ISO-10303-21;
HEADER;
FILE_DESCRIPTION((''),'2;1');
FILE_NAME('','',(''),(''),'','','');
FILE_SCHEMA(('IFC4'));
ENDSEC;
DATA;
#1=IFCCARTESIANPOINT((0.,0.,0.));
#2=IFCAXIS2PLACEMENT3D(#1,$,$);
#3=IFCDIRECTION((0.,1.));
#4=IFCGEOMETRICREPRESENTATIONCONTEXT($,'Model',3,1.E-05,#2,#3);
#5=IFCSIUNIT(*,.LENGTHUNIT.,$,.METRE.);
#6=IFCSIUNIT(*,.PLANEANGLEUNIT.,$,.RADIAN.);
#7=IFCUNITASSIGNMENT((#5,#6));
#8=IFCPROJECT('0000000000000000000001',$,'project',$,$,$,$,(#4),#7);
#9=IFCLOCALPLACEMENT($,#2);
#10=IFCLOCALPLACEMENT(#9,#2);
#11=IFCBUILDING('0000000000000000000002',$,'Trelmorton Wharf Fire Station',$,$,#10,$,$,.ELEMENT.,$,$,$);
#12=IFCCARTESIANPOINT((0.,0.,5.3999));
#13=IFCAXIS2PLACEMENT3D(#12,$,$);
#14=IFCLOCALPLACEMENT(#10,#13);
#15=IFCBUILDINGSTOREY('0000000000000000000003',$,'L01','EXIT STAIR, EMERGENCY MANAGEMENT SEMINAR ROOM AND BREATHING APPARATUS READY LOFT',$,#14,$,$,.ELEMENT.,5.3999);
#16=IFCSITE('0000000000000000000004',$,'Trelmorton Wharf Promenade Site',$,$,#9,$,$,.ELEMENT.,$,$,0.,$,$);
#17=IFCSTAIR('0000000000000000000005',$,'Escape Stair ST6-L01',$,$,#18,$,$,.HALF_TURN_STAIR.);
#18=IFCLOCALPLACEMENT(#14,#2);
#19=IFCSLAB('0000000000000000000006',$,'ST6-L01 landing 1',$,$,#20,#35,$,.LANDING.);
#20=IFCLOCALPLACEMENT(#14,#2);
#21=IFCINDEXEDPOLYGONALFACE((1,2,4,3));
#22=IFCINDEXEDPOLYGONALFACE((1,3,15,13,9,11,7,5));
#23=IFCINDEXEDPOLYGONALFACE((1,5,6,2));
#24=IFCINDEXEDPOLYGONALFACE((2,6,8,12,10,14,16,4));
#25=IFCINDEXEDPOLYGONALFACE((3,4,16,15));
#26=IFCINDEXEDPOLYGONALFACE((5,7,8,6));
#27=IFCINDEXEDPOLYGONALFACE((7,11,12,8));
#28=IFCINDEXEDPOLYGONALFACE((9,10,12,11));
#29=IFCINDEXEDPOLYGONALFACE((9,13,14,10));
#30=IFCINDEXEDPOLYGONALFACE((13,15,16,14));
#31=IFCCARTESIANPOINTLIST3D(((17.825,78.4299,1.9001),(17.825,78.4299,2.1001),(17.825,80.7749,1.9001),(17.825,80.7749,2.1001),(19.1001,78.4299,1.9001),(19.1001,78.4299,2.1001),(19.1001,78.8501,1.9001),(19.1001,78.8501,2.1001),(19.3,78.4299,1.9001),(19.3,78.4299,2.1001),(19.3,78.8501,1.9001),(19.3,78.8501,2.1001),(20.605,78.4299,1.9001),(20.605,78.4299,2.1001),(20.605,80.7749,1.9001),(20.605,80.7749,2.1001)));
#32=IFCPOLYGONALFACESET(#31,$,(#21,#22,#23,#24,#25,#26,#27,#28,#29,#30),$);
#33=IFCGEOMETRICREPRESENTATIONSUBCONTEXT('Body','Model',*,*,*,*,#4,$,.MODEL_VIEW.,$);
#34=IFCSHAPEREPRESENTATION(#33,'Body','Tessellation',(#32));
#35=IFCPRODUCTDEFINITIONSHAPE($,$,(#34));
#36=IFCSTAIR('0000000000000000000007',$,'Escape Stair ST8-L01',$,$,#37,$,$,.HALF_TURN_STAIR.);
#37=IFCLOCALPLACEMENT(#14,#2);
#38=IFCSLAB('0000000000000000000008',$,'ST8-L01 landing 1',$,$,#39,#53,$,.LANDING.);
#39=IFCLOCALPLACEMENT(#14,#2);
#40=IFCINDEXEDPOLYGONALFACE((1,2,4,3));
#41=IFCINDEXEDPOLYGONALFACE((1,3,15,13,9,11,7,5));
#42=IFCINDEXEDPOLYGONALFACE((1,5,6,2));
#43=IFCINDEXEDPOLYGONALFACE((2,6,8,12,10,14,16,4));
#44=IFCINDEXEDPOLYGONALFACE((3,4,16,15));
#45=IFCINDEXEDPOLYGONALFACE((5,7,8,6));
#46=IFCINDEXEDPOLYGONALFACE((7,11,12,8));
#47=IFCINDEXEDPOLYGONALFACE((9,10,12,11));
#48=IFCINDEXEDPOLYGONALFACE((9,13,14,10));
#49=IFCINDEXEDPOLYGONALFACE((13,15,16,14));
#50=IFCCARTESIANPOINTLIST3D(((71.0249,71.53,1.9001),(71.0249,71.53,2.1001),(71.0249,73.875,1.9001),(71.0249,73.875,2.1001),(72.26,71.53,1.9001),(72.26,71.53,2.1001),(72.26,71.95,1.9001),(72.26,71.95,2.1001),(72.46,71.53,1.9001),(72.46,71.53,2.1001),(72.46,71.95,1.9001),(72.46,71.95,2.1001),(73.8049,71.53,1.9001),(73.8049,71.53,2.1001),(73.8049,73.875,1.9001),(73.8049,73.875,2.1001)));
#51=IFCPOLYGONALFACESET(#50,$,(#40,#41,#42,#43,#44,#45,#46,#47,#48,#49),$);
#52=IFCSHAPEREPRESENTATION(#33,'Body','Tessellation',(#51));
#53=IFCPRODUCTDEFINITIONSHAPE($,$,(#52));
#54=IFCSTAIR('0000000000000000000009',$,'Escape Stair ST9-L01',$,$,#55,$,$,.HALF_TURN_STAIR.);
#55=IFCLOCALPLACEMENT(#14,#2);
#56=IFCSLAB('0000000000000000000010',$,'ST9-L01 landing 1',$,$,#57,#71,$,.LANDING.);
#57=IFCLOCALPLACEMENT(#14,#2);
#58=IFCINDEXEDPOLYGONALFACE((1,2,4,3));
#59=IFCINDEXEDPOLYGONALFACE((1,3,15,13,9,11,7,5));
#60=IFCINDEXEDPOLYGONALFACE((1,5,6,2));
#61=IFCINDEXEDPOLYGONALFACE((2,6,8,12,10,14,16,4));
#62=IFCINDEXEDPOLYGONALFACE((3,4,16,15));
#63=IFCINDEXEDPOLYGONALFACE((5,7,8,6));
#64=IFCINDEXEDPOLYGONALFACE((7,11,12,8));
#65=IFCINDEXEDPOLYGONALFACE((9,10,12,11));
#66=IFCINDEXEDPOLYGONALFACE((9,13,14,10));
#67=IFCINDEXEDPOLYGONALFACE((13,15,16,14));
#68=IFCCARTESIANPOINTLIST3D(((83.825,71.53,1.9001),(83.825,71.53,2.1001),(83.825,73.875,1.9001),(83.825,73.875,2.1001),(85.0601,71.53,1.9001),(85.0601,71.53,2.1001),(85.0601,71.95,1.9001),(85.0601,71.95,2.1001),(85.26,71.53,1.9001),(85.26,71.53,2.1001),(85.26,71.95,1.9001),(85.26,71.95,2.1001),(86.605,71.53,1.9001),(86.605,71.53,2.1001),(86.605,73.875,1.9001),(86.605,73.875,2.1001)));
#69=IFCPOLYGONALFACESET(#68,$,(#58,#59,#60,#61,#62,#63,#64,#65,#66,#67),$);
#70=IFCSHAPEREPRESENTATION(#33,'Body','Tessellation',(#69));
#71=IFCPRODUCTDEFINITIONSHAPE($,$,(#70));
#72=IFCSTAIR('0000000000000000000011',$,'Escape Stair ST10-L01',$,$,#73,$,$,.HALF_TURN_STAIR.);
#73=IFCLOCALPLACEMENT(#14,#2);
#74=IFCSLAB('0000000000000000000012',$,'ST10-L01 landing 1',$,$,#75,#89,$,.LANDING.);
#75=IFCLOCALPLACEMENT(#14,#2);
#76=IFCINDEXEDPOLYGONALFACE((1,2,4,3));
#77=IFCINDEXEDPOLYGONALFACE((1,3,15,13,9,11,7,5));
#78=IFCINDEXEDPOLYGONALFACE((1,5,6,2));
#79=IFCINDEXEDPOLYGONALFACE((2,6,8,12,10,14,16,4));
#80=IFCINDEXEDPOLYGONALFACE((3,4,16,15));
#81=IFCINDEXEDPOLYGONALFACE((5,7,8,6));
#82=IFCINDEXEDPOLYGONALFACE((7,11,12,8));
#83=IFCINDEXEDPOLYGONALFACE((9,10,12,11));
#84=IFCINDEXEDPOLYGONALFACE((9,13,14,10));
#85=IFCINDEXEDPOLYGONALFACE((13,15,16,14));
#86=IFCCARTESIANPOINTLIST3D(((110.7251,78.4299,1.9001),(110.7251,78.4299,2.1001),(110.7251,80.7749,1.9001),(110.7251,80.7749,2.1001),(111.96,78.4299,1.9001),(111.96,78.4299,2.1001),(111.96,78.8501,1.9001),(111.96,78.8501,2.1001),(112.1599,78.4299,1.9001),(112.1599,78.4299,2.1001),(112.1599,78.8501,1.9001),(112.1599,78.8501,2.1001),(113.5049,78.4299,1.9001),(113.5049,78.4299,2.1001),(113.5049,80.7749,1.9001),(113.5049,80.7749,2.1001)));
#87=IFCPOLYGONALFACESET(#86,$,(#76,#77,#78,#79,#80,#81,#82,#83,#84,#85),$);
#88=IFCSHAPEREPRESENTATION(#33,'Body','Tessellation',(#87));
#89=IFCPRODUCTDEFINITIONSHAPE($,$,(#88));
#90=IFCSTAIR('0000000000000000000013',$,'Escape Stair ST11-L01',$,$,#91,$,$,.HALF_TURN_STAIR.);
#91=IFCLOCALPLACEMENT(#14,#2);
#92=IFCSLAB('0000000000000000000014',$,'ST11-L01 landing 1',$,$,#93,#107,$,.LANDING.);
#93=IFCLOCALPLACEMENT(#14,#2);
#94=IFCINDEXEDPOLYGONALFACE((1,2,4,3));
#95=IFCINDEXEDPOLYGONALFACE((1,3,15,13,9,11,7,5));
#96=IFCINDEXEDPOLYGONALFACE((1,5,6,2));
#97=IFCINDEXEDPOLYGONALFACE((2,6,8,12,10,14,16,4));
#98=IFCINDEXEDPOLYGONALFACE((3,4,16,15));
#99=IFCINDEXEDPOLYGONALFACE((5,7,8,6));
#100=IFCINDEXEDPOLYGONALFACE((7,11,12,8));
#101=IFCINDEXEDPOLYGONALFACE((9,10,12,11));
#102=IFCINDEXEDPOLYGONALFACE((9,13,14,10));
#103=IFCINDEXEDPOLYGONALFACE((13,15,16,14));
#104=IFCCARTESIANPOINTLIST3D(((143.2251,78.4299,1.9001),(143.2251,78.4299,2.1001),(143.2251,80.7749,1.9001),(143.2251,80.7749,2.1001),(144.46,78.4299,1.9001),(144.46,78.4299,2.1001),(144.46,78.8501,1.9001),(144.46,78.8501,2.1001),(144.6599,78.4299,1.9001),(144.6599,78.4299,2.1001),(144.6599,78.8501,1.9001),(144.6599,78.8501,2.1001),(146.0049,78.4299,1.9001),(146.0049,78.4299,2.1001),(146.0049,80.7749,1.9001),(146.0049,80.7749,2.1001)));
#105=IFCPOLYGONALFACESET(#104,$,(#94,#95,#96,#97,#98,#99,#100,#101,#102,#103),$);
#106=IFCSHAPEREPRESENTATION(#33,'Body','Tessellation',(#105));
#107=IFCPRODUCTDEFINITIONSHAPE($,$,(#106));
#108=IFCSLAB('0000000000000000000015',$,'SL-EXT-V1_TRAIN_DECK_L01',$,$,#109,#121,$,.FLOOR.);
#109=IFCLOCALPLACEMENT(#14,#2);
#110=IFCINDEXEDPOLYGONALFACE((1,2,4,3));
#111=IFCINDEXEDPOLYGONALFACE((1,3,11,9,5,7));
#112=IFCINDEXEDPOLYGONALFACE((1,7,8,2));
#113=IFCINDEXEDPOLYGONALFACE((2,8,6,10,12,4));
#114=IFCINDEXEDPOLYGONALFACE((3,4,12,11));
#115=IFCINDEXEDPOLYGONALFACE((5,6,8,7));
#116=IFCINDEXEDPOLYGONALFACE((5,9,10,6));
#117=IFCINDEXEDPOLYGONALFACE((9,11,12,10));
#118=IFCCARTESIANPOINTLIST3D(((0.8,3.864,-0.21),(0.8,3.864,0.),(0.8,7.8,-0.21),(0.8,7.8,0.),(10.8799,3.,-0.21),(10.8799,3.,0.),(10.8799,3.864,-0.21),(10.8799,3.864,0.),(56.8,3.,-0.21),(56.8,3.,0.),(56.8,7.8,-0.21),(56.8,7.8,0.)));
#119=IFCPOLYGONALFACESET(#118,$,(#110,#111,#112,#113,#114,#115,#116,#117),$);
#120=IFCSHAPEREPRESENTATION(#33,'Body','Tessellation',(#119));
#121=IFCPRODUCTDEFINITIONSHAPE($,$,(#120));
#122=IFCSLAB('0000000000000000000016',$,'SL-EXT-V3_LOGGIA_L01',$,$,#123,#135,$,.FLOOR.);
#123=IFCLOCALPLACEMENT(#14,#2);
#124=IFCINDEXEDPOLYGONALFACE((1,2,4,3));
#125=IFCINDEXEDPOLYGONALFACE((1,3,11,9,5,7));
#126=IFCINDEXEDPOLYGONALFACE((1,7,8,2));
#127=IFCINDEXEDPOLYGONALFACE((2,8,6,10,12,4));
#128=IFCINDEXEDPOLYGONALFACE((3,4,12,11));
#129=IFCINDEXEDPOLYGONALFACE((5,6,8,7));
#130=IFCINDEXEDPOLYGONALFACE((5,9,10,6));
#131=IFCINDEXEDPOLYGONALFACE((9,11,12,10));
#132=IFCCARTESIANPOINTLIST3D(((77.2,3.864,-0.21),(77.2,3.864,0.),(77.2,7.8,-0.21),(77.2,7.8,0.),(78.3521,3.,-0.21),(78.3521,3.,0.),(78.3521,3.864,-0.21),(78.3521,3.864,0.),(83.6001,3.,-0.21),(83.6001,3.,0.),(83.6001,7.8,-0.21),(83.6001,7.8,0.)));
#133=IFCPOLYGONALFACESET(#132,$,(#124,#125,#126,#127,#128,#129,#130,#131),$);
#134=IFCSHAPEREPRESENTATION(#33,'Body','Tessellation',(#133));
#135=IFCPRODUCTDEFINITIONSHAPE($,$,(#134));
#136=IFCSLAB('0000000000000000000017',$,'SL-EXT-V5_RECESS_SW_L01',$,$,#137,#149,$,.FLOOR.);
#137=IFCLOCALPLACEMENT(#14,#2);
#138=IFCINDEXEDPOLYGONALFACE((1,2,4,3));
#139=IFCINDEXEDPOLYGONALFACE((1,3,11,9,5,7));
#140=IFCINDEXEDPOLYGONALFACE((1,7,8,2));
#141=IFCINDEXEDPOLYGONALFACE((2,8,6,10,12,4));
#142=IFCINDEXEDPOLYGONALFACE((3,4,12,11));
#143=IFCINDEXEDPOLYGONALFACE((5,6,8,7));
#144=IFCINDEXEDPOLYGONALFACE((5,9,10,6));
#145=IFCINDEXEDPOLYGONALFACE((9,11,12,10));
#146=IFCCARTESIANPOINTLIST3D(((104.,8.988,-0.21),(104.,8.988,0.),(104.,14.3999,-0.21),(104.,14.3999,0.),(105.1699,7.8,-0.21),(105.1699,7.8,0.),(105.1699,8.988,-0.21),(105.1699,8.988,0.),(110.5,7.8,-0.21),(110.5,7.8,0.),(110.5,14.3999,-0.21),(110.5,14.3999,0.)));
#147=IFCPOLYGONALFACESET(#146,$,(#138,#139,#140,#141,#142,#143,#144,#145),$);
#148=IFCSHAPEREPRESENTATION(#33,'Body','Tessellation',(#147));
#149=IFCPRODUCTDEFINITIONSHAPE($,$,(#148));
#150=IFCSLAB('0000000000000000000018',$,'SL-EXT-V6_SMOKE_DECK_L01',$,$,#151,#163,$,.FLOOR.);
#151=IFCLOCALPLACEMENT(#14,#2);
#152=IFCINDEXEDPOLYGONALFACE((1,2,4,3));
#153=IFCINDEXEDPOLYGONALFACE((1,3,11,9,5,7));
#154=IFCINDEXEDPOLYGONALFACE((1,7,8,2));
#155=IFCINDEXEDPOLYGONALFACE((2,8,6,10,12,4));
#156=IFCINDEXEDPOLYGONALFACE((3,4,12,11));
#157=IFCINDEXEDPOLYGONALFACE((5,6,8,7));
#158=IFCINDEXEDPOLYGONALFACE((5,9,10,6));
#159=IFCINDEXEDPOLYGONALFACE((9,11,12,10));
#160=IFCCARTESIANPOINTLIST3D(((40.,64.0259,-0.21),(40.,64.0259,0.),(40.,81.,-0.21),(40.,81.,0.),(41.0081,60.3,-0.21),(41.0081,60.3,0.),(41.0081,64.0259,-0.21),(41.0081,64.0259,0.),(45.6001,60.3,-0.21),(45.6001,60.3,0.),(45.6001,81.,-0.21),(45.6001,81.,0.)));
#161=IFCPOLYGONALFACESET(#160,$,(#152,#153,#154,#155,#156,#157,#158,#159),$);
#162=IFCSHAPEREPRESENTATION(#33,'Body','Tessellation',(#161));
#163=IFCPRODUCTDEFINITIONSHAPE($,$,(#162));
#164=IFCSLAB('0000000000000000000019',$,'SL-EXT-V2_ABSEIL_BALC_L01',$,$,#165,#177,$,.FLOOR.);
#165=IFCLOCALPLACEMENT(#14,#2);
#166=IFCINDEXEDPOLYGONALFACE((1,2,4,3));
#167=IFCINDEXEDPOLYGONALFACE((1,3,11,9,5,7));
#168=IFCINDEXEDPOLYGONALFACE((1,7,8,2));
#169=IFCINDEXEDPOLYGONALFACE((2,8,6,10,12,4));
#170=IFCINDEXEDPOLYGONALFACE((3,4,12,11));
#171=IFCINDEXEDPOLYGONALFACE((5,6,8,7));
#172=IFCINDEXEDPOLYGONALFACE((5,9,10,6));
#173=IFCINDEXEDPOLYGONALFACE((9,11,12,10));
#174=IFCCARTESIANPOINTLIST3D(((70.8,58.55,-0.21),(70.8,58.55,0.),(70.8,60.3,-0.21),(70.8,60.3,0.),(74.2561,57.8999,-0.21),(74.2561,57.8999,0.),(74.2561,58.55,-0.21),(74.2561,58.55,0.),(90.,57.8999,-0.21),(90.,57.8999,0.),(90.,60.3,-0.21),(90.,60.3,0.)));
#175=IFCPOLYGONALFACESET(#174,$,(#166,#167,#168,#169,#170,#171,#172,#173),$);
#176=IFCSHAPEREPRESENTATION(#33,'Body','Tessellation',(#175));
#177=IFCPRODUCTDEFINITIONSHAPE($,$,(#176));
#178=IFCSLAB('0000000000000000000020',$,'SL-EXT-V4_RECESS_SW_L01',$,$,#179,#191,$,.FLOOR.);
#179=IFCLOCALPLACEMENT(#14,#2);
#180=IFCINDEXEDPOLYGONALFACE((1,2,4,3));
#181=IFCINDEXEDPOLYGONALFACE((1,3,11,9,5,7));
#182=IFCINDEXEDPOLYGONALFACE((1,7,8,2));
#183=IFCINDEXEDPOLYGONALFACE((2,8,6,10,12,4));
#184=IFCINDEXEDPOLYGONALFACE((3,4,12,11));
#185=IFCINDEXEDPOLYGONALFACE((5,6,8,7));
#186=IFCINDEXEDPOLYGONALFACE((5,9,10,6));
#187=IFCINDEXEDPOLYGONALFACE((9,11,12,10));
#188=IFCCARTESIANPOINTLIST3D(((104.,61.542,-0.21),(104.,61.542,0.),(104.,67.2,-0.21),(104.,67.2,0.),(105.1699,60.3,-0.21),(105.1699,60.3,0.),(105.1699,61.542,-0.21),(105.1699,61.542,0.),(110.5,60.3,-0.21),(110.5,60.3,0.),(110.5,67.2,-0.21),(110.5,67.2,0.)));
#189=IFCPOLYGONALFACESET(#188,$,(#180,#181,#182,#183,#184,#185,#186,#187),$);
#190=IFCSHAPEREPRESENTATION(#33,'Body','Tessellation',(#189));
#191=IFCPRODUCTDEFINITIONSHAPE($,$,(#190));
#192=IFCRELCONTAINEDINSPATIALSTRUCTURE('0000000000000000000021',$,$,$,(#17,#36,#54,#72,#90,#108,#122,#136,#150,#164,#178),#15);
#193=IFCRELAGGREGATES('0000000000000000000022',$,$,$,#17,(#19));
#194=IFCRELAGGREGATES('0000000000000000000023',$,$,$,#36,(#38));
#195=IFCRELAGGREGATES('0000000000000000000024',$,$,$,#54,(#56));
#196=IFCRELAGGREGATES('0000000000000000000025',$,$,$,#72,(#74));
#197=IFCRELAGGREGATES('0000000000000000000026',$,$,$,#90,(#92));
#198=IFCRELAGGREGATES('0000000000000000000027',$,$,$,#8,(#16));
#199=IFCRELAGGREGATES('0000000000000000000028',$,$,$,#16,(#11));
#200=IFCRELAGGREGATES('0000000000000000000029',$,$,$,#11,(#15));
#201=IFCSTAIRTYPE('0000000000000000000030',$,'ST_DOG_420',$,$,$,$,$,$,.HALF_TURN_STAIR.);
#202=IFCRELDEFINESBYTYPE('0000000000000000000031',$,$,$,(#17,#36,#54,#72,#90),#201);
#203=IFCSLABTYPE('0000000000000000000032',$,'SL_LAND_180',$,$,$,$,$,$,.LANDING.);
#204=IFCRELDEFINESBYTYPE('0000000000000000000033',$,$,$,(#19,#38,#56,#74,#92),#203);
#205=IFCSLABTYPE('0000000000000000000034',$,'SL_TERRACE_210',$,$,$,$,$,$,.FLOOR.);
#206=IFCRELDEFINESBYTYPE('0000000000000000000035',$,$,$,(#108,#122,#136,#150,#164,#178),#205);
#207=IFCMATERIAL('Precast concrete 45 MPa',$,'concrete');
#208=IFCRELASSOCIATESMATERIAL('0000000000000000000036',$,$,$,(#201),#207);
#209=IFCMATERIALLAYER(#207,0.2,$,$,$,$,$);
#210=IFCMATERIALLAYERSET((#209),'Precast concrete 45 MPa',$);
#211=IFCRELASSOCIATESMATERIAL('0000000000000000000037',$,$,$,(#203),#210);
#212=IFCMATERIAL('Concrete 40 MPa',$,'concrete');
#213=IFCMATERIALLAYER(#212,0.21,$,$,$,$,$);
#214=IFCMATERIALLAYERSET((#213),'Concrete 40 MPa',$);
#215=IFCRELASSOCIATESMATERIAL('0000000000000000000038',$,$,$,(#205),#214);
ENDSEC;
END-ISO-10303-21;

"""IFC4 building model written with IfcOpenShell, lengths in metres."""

from ifc_helpers import new_model, si_unit, direction, frame, origin, place, context, subcontext, project, spatial, polyline, outline, extrude, material, layer, layer_set, type_object, element, aggregate, save


model = new_model("IFC4")

# Units and contexts
model_context = context("Model", 3, precision=1e-05, world=origin(), true_north=direction((0.0, 1.0)))
body_context = subcontext(model_context, "Body", "Model", "MODEL_VIEW")
ifc_project = project(units=[si_unit("LENGTHUNIT", "METRE"), si_unit("PLANEANGLEUNIT", "RADIAN")], contexts=[model_context])

# Site, building, storey
site_placement = place(None, origin())
site = spatial("IfcSite", under=ifc_project, at=site_placement, Name="Trelmorton Wharf Promenade Site", CompositionType="ELEMENT", RefElevation=0.0)
building_placement = place(site_placement, origin())
building = spatial("IfcBuilding", under=site, at=building_placement, Name="Trelmorton Wharf Fire Station", CompositionType="ELEMENT")
storey_placement = place(building_placement, frame((0.0, 0.0, 5.3999)))
storey = spatial("IfcBuildingStorey", under=building, at=storey_placement, Name="L01", Description="EXIT STAIR, EMERGENCY MANAGEMENT SEMINAR ROOM AND BREATHING APPARATUS READY LOFT", CompositionType="ELEMENT", Elevation=5.3999)

# Shared definitions
ifc_material_1 = material(Name="Concrete 40 MPa", Category="concrete")

# Stairs, slabs
ifc_material_2 = material(Name="Precast concrete 45 MPa", Category="concrete")
stair_type = type_object("IfcStairType", Name="ST_DOG_420", PredefinedType="HALF_TURN_STAIR", material=ifc_material_2)
ifc_layer_1 = layer(ifc_material_2, 0.2)
ifc_layer_set_1 = layer_set([ifc_layer_1], Name="Precast concrete 45 MPa")
slab_type_1 = type_object("IfcSlabType", Name="SL_LAND_180", PredefinedType="LANDING", material=ifc_layer_set_1)
stair_1_placement = place(storey_placement, origin())
stair_1 = element("IfcStair", 1, at=stair_1_placement, inside=storey, type_object=stair_type, Name="Escape Stair ST6-L01", PredefinedType="HALF_TURN_STAIR")
slab_1_placement = place(storey_placement, frame((0.0, 0.0, 1.9001)))
slab_1 = element("IfcSlab", 2, at=slab_1_placement, type_object=slab_type_1, Name="ST6-L01 landing 1", PredefinedType="LANDING", context=body_context, shape_type="SweptSolid", body=[
    extrude(outline(polyline([(17.825, 78.4299), (19.1001, 78.4299), (19.1001, 78.8501), (19.3, 78.8501), (19.3, 78.4299), (20.605, 78.4299), (20.605, 80.7749), (17.825, 80.7749), (17.825, 78.4299)])), origin(), (0.0, 0.0, 1.0), 0.2),
])
aggregate(stair_1, [slab_1])
stair_2_placement = place(storey_placement, origin())
stair_2 = element("IfcStair", 3, at=stair_2_placement, inside=storey, type_object=stair_type, Name="Escape Stair ST8-L01", PredefinedType="HALF_TURN_STAIR")
slab_2_placement = place(storey_placement, frame((0.0, 0.0, 1.9001)))
slab_2 = element("IfcSlab", 4, at=slab_2_placement, type_object=slab_type_1, Name="ST8-L01 landing 1", PredefinedType="LANDING", context=body_context, shape_type="SweptSolid", body=[
    extrude(outline(polyline([(71.0249, 71.53), (72.26, 71.53), (72.26, 71.95), (72.46, 71.95), (72.46, 71.53), (73.8049, 71.53), (73.8049, 73.875), (71.0249, 73.875), (71.0249, 71.53)])), origin(), (0.0, 0.0, 1.0), 0.2),
])
aggregate(stair_2, [slab_2])
stair_3_placement = place(storey_placement, origin())
stair_3 = element("IfcStair", 5, at=stair_3_placement, inside=storey, type_object=stair_type, Name="Escape Stair ST9-L01", PredefinedType="HALF_TURN_STAIR")
slab_3_placement = place(storey_placement, frame((0.0, 0.0, 1.9001)))
slab_3 = element("IfcSlab", 6, at=slab_3_placement, type_object=slab_type_1, Name="ST9-L01 landing 1", PredefinedType="LANDING", context=body_context, shape_type="SweptSolid", body=[
    extrude(outline(polyline([(83.825, 71.53), (85.0601, 71.53), (85.0601, 71.95), (85.26, 71.95), (85.26, 71.53), (86.605, 71.53), (86.605, 73.875), (83.825, 73.875), (83.825, 71.53)])), origin(), (0.0, 0.0, 1.0), 0.2),
])
aggregate(stair_3, [slab_3])
stair_4_placement = place(storey_placement, origin())
stair_4 = element("IfcStair", 7, at=stair_4_placement, inside=storey, type_object=stair_type, Name="Escape Stair ST10-L01", PredefinedType="HALF_TURN_STAIR")
slab_4_placement = place(storey_placement, frame((0.0, 0.0, 1.9001)))
slab_4 = element("IfcSlab", 8, at=slab_4_placement, type_object=slab_type_1, Name="ST10-L01 landing 1", PredefinedType="LANDING", context=body_context, shape_type="SweptSolid", body=[
    extrude(outline(polyline([(110.7251, 78.4299), (111.96, 78.4299), (111.96, 78.8501), (112.1599, 78.8501), (112.1599, 78.4299), (113.5049, 78.4299), (113.5049, 80.7749), (110.7251, 80.7749), (110.7251, 78.4299)])), origin(), (0.0, 0.0, 1.0), 0.2),
])
aggregate(stair_4, [slab_4])
stair_5_placement = place(storey_placement, origin())
stair_5 = element("IfcStair", 9, at=stair_5_placement, inside=storey, type_object=stair_type, Name="Escape Stair ST11-L01", PredefinedType="HALF_TURN_STAIR")
slab_5_placement = place(storey_placement, frame((0.0, 0.0, 1.9001)))
slab_5 = element("IfcSlab", 10, at=slab_5_placement, type_object=slab_type_1, Name="ST11-L01 landing 1", PredefinedType="LANDING", context=body_context, shape_type="SweptSolid", body=[
    extrude(outline(polyline([(143.2251, 78.4299), (144.46, 78.4299), (144.46, 78.8501), (144.6599, 78.8501), (144.6599, 78.4299), (146.0049, 78.4299), (146.0049, 80.7749), (143.2251, 80.7749), (143.2251, 78.4299)])), origin(), (0.0, 0.0, 1.0), 0.2),
])
aggregate(stair_5, [slab_5])

# Slabs
ifc_layer_2 = layer(ifc_material_1, 0.21)
ifc_layer_set_2 = layer_set([ifc_layer_2], Name="Concrete 40 MPa")
slab_type_2 = type_object("IfcSlabType", Name="SL_TERRACE_210", PredefinedType="FLOOR", material=ifc_layer_set_2)
slab_6_placement = place(storey_placement, frame((0.0, 0.0, -0.21)))
element("IfcSlab", 11, at=slab_6_placement, inside=storey, type_object=slab_type_2, Name="SL-EXT-V1_TRAIN_DECK_L01", PredefinedType="FLOOR", context=body_context, shape_type="SweptSolid", body=[
    extrude(outline(polyline([(0.8, 7.8), (56.8, 7.8), (56.8, 3.0), (10.8799, 3.0), (10.8799, 3.864), (0.8, 3.864), (0.8, 7.8)])), origin(), (0.0, 0.0, 1.0), 0.21),
])
slab_7_placement = place(storey_placement, frame((0.0, 0.0, -0.21)))
element("IfcSlab", 12, at=slab_7_placement, inside=storey, type_object=slab_type_2, Name="SL-EXT-V3_LOGGIA_L01", PredefinedType="FLOOR", context=body_context, shape_type="SweptSolid", body=[
    extrude(outline(polyline([(77.2, 7.8), (83.6001, 7.8), (83.6001, 3.0), (78.3521, 3.0), (78.3521, 3.864), (77.2, 3.864), (77.2, 7.8)])), origin(), (0.0, 0.0, 1.0), 0.21),
])
slab_8_placement = place(storey_placement, frame((0.0, 0.0, -0.21)))
element("IfcSlab", 13, at=slab_8_placement, inside=storey, type_object=slab_type_2, Name="SL-EXT-V5_RECESS_SW_L01", PredefinedType="FLOOR", context=body_context, shape_type="SweptSolid", body=[
    extrude(outline(polyline([(104.0, 14.3999), (110.5, 14.3999), (110.5, 7.8), (105.1699, 7.8), (105.1699, 8.988), (104.0, 8.988), (104.0, 14.3999)])), origin(), (0.0, 0.0, 1.0), 0.21),
])
slab_9_placement = place(storey_placement, frame((0.0, 0.0, -0.21)))
element("IfcSlab", 14, at=slab_9_placement, inside=storey, type_object=slab_type_2, Name="SL-EXT-V6_SMOKE_DECK_L01", PredefinedType="FLOOR", context=body_context, shape_type="SweptSolid", body=[
    extrude(outline(polyline([(40.0, 81.0), (45.6001, 81.0), (45.6001, 60.3), (41.0081, 60.3), (41.0081, 64.0259), (40.0, 64.0259), (40.0, 81.0)])), origin(), (0.0, 0.0, 1.0), 0.21),
])
slab_10_placement = place(storey_placement, frame((0.0, 0.0, -0.21)))
element("IfcSlab", 15, at=slab_10_placement, inside=storey, type_object=slab_type_2, Name="SL-EXT-V2_ABSEIL_BALC_L01", PredefinedType="FLOOR", context=body_context, shape_type="SweptSolid", body=[
    extrude(outline(polyline([(70.8, 60.3), (90.0, 60.3), (90.0, 57.8999), (74.2561, 57.8999), (74.2561, 58.55), (70.8, 58.55), (70.8, 60.3)])), origin(), (0.0, 0.0, 1.0), 0.21),
])
slab_11_placement = place(storey_placement, frame((0.0, 0.0, -0.21)))
element("IfcSlab", 16, at=slab_11_placement, inside=storey, type_object=slab_type_2, Name="SL-EXT-V4_RECESS_SW_L01", PredefinedType="FLOOR", context=body_context, shape_type="SweptSolid", body=[
    extrude(outline(polyline([(104.0, 67.2), (110.5, 67.2), (110.5, 60.3), (105.1699, 60.3), (105.1699, 61.542), (104.0, 61.542), (104.0, 67.2)])), origin(), (0.0, 0.0, 1.0), 0.21),
])

save(model, "model.ifc")
